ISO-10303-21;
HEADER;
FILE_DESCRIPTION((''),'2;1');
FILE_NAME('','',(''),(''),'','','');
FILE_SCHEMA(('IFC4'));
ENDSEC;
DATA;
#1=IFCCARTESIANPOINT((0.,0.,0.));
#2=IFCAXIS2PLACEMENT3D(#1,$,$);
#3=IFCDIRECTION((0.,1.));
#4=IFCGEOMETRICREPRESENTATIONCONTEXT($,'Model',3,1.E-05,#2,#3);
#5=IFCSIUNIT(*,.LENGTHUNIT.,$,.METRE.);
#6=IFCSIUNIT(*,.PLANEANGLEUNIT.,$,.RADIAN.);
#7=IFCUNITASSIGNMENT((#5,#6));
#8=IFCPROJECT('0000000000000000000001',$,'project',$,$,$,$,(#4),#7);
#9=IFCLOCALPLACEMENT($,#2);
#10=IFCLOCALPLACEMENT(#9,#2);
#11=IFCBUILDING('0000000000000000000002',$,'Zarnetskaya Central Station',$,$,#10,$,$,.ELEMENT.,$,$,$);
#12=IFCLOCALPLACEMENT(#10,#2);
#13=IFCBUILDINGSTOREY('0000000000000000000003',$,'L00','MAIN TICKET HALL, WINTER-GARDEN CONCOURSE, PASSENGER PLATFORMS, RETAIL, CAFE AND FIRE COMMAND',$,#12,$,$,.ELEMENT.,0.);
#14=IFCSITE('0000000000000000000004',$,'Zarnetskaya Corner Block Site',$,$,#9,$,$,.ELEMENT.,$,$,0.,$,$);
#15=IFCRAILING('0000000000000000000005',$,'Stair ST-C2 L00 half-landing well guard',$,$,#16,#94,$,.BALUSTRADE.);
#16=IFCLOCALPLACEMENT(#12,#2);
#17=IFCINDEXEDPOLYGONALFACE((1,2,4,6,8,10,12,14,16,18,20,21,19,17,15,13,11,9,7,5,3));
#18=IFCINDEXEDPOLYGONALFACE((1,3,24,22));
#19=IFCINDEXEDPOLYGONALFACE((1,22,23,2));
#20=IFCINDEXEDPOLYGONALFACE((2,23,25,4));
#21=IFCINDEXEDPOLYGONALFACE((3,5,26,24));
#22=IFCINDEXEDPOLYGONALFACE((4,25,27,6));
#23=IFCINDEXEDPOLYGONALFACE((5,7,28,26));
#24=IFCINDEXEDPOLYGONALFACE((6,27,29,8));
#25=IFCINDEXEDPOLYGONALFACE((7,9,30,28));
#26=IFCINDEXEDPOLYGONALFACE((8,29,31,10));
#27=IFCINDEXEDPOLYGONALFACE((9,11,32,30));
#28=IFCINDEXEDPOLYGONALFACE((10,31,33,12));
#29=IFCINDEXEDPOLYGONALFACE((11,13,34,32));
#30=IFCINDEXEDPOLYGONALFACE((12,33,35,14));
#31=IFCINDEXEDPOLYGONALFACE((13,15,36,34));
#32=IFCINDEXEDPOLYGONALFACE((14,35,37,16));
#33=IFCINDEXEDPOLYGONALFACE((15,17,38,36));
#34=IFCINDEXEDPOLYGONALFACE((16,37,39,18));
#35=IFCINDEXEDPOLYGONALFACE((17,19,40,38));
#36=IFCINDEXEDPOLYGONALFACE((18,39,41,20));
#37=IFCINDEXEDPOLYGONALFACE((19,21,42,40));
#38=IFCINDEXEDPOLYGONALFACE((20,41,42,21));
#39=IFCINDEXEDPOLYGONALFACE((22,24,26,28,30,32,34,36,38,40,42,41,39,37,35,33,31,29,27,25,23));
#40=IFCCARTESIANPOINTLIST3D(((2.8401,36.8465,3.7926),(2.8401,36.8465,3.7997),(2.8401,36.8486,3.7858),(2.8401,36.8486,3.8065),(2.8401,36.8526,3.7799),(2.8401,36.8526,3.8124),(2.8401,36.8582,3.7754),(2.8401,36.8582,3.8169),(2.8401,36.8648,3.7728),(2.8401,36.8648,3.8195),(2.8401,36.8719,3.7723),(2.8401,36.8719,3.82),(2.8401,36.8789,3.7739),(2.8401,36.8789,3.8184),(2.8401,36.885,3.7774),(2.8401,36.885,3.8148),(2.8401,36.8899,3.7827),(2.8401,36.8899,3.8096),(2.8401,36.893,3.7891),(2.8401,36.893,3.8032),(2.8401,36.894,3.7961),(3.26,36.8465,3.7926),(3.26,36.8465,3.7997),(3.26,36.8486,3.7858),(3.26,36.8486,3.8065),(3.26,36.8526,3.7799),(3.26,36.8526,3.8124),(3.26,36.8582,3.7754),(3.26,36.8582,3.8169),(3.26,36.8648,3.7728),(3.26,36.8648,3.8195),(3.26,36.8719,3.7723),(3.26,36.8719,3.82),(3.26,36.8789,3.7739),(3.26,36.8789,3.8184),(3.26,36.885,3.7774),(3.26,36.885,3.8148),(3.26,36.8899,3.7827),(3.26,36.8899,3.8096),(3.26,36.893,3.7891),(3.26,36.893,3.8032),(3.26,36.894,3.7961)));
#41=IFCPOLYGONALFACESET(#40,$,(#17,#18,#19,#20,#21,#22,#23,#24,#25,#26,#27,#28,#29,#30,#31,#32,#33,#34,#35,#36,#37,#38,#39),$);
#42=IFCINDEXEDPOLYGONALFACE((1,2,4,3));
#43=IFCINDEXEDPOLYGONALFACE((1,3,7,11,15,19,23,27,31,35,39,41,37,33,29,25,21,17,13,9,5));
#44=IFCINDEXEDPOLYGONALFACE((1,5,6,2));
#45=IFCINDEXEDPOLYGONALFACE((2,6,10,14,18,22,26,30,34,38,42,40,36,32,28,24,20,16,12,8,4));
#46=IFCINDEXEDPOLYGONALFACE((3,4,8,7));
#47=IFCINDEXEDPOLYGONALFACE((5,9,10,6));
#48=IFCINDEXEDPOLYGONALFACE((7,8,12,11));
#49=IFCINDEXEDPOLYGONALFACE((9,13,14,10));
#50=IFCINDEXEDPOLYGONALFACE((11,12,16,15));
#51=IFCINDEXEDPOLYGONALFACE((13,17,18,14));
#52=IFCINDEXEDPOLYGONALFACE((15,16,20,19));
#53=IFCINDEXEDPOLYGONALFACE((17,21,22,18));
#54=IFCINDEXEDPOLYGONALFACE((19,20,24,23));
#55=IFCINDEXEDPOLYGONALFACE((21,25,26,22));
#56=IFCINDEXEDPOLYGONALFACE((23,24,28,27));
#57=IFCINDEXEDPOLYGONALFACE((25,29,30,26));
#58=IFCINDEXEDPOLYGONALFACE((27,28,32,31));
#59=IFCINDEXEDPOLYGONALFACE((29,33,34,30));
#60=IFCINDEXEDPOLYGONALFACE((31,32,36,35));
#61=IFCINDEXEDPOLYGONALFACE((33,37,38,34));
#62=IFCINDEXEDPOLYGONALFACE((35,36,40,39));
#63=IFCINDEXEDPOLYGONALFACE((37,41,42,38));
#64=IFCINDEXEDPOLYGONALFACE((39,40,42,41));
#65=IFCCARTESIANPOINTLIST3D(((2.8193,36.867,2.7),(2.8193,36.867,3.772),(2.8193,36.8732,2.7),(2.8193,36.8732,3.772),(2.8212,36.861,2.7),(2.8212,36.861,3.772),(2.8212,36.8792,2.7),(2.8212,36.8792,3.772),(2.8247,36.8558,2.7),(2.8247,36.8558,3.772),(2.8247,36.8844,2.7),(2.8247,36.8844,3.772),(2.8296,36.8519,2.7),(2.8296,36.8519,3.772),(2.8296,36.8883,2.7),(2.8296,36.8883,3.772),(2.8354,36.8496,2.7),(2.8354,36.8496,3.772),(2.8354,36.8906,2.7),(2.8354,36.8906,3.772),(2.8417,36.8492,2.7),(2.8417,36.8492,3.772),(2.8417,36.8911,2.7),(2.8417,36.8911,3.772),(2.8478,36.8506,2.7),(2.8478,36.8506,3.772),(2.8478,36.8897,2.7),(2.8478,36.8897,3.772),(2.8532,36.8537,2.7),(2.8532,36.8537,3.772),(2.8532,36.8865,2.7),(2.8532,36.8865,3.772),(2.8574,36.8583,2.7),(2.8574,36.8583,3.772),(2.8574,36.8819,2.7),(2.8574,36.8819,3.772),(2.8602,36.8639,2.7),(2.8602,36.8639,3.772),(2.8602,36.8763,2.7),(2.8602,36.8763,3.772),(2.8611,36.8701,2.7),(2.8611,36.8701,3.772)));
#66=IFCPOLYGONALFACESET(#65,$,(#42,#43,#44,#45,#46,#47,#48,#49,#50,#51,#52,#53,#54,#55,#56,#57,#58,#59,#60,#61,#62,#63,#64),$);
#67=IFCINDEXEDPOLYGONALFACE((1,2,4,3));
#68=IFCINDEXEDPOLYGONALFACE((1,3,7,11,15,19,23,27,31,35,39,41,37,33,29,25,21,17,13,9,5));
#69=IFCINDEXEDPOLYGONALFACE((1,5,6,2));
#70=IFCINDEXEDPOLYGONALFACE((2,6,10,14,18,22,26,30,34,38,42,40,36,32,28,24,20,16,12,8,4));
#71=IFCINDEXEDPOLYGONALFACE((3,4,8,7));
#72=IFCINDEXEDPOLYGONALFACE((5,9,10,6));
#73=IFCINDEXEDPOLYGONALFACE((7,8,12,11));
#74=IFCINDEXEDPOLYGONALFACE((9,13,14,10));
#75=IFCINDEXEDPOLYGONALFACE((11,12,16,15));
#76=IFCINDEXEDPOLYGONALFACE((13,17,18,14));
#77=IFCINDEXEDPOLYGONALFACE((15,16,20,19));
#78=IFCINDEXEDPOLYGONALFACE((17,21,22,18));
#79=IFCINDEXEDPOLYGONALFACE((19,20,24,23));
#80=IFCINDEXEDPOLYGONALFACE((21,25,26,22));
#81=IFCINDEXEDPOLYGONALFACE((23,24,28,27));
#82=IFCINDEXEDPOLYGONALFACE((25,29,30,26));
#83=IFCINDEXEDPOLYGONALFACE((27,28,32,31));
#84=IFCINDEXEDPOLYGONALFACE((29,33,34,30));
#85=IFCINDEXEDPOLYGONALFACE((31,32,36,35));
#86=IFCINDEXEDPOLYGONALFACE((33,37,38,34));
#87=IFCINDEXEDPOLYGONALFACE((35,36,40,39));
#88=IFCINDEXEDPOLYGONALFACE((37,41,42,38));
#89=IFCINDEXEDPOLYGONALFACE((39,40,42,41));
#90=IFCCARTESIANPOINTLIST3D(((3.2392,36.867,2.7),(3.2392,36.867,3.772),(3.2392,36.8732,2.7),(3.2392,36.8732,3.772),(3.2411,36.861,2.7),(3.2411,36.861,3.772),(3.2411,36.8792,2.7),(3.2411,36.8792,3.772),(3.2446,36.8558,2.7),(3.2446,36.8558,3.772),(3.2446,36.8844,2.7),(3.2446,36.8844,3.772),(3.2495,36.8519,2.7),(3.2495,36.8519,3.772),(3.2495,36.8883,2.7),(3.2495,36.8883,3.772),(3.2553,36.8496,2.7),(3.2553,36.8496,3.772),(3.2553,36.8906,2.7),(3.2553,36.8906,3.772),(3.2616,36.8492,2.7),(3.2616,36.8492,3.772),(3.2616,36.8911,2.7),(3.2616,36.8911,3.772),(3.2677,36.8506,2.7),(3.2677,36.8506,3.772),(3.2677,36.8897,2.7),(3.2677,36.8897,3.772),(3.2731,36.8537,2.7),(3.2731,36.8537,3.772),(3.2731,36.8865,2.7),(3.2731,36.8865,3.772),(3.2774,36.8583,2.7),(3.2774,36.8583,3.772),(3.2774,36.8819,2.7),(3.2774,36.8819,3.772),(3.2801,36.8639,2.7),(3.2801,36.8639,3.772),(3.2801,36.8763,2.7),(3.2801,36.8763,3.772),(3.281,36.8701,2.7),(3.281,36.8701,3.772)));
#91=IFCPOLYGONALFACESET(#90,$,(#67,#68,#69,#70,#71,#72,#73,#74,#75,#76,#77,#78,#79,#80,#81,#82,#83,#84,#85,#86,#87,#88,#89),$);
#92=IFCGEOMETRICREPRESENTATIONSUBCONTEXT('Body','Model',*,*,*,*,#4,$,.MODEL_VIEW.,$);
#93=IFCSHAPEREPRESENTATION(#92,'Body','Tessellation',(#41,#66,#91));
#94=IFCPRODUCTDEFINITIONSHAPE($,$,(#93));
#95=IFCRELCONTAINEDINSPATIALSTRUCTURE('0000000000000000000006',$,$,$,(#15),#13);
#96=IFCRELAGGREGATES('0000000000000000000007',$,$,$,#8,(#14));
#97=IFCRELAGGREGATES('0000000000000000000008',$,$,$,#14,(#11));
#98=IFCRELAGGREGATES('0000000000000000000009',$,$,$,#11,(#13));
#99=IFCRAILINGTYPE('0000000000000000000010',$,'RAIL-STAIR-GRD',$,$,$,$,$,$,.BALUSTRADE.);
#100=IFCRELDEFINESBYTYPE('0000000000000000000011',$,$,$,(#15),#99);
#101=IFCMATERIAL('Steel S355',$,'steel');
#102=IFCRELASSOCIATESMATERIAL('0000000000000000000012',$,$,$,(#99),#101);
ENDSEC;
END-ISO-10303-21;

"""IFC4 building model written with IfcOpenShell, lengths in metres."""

from ifc_helpers import new_model, si_unit, direction, frame, origin, origin_2d, place, context, subcontext, project, spatial, circle, extrude, material, type_object, element, save


model = new_model("IFC4")

# Units and contexts
model_context = context("Model", 3, precision=1e-05, world=origin(), true_north=direction((0.0, 1.0)))
body_context = subcontext(model_context, "Body", "Model", "MODEL_VIEW")
ifc_project = project(units=[si_unit("LENGTHUNIT", "METRE"), si_unit("PLANEANGLEUNIT", "RADIAN")], contexts=[model_context])

# Site, building, storey
site_placement = place(None, origin())
site = spatial("IfcSite", under=ifc_project, at=site_placement, Name="Zarnetskaya Corner Block Site", CompositionType="ELEMENT", RefElevation=0.0)
building_placement = place(site_placement, origin())
building = spatial("IfcBuilding", under=site, at=building_placement, Name="Zarnetskaya Central Station", CompositionType="ELEMENT")
storey_placement = place(building_placement, origin())
storey = spatial("IfcBuildingStorey", under=building, at=storey_placement, Name="L00", Description="MAIN TICKET HALL, WINTER-GARDEN CONCOURSE, PASSENGER PLATFORMS, RETAIL, CAFE AND FIRE COMMAND", CompositionType="ELEMENT", Elevation=0.0)

# Shared definitions
ifc_material_1 = material(Name="Steel S355", Category="steel")

# Railing
railing_type_1 = type_object("IfcRailingType", Name="RAIL-STAIR-GRD", PredefinedType="BALUSTRADE", material=ifc_material_1)
railing_1_placement = place(storey_placement, frame((2.8401, 36.8701, 2.7)))
element("IfcRailing", 1, at=railing_1_placement, inside=storey, type_object=railing_type_1, Name="Stair ST-C2 L00 half-landing well guard", PredefinedType="BALUSTRADE", context=body_context, shape_type="SweptSolid", body=[
    extrude(circle(Radius=0.0239, at=origin_2d()), frame((0.0, 0.0, 1.0962), z_axis=(1.0, 0.0, 0.0), x_axis=(0.0, 1.0, 0.0)), (0.0, 0.0, 1.0), 0.4199),
    extrude(circle(Radius=0.021, at=origin_2d()), origin(), (0.0, 0.0, 1.0), 1.072),
    extrude(circle(Radius=0.021, at=origin_2d()), frame((0.4199, 0.0, 0.0)), (0.0, 0.0, 1.0), 1.072),
])

save(model, "model.ifc")
